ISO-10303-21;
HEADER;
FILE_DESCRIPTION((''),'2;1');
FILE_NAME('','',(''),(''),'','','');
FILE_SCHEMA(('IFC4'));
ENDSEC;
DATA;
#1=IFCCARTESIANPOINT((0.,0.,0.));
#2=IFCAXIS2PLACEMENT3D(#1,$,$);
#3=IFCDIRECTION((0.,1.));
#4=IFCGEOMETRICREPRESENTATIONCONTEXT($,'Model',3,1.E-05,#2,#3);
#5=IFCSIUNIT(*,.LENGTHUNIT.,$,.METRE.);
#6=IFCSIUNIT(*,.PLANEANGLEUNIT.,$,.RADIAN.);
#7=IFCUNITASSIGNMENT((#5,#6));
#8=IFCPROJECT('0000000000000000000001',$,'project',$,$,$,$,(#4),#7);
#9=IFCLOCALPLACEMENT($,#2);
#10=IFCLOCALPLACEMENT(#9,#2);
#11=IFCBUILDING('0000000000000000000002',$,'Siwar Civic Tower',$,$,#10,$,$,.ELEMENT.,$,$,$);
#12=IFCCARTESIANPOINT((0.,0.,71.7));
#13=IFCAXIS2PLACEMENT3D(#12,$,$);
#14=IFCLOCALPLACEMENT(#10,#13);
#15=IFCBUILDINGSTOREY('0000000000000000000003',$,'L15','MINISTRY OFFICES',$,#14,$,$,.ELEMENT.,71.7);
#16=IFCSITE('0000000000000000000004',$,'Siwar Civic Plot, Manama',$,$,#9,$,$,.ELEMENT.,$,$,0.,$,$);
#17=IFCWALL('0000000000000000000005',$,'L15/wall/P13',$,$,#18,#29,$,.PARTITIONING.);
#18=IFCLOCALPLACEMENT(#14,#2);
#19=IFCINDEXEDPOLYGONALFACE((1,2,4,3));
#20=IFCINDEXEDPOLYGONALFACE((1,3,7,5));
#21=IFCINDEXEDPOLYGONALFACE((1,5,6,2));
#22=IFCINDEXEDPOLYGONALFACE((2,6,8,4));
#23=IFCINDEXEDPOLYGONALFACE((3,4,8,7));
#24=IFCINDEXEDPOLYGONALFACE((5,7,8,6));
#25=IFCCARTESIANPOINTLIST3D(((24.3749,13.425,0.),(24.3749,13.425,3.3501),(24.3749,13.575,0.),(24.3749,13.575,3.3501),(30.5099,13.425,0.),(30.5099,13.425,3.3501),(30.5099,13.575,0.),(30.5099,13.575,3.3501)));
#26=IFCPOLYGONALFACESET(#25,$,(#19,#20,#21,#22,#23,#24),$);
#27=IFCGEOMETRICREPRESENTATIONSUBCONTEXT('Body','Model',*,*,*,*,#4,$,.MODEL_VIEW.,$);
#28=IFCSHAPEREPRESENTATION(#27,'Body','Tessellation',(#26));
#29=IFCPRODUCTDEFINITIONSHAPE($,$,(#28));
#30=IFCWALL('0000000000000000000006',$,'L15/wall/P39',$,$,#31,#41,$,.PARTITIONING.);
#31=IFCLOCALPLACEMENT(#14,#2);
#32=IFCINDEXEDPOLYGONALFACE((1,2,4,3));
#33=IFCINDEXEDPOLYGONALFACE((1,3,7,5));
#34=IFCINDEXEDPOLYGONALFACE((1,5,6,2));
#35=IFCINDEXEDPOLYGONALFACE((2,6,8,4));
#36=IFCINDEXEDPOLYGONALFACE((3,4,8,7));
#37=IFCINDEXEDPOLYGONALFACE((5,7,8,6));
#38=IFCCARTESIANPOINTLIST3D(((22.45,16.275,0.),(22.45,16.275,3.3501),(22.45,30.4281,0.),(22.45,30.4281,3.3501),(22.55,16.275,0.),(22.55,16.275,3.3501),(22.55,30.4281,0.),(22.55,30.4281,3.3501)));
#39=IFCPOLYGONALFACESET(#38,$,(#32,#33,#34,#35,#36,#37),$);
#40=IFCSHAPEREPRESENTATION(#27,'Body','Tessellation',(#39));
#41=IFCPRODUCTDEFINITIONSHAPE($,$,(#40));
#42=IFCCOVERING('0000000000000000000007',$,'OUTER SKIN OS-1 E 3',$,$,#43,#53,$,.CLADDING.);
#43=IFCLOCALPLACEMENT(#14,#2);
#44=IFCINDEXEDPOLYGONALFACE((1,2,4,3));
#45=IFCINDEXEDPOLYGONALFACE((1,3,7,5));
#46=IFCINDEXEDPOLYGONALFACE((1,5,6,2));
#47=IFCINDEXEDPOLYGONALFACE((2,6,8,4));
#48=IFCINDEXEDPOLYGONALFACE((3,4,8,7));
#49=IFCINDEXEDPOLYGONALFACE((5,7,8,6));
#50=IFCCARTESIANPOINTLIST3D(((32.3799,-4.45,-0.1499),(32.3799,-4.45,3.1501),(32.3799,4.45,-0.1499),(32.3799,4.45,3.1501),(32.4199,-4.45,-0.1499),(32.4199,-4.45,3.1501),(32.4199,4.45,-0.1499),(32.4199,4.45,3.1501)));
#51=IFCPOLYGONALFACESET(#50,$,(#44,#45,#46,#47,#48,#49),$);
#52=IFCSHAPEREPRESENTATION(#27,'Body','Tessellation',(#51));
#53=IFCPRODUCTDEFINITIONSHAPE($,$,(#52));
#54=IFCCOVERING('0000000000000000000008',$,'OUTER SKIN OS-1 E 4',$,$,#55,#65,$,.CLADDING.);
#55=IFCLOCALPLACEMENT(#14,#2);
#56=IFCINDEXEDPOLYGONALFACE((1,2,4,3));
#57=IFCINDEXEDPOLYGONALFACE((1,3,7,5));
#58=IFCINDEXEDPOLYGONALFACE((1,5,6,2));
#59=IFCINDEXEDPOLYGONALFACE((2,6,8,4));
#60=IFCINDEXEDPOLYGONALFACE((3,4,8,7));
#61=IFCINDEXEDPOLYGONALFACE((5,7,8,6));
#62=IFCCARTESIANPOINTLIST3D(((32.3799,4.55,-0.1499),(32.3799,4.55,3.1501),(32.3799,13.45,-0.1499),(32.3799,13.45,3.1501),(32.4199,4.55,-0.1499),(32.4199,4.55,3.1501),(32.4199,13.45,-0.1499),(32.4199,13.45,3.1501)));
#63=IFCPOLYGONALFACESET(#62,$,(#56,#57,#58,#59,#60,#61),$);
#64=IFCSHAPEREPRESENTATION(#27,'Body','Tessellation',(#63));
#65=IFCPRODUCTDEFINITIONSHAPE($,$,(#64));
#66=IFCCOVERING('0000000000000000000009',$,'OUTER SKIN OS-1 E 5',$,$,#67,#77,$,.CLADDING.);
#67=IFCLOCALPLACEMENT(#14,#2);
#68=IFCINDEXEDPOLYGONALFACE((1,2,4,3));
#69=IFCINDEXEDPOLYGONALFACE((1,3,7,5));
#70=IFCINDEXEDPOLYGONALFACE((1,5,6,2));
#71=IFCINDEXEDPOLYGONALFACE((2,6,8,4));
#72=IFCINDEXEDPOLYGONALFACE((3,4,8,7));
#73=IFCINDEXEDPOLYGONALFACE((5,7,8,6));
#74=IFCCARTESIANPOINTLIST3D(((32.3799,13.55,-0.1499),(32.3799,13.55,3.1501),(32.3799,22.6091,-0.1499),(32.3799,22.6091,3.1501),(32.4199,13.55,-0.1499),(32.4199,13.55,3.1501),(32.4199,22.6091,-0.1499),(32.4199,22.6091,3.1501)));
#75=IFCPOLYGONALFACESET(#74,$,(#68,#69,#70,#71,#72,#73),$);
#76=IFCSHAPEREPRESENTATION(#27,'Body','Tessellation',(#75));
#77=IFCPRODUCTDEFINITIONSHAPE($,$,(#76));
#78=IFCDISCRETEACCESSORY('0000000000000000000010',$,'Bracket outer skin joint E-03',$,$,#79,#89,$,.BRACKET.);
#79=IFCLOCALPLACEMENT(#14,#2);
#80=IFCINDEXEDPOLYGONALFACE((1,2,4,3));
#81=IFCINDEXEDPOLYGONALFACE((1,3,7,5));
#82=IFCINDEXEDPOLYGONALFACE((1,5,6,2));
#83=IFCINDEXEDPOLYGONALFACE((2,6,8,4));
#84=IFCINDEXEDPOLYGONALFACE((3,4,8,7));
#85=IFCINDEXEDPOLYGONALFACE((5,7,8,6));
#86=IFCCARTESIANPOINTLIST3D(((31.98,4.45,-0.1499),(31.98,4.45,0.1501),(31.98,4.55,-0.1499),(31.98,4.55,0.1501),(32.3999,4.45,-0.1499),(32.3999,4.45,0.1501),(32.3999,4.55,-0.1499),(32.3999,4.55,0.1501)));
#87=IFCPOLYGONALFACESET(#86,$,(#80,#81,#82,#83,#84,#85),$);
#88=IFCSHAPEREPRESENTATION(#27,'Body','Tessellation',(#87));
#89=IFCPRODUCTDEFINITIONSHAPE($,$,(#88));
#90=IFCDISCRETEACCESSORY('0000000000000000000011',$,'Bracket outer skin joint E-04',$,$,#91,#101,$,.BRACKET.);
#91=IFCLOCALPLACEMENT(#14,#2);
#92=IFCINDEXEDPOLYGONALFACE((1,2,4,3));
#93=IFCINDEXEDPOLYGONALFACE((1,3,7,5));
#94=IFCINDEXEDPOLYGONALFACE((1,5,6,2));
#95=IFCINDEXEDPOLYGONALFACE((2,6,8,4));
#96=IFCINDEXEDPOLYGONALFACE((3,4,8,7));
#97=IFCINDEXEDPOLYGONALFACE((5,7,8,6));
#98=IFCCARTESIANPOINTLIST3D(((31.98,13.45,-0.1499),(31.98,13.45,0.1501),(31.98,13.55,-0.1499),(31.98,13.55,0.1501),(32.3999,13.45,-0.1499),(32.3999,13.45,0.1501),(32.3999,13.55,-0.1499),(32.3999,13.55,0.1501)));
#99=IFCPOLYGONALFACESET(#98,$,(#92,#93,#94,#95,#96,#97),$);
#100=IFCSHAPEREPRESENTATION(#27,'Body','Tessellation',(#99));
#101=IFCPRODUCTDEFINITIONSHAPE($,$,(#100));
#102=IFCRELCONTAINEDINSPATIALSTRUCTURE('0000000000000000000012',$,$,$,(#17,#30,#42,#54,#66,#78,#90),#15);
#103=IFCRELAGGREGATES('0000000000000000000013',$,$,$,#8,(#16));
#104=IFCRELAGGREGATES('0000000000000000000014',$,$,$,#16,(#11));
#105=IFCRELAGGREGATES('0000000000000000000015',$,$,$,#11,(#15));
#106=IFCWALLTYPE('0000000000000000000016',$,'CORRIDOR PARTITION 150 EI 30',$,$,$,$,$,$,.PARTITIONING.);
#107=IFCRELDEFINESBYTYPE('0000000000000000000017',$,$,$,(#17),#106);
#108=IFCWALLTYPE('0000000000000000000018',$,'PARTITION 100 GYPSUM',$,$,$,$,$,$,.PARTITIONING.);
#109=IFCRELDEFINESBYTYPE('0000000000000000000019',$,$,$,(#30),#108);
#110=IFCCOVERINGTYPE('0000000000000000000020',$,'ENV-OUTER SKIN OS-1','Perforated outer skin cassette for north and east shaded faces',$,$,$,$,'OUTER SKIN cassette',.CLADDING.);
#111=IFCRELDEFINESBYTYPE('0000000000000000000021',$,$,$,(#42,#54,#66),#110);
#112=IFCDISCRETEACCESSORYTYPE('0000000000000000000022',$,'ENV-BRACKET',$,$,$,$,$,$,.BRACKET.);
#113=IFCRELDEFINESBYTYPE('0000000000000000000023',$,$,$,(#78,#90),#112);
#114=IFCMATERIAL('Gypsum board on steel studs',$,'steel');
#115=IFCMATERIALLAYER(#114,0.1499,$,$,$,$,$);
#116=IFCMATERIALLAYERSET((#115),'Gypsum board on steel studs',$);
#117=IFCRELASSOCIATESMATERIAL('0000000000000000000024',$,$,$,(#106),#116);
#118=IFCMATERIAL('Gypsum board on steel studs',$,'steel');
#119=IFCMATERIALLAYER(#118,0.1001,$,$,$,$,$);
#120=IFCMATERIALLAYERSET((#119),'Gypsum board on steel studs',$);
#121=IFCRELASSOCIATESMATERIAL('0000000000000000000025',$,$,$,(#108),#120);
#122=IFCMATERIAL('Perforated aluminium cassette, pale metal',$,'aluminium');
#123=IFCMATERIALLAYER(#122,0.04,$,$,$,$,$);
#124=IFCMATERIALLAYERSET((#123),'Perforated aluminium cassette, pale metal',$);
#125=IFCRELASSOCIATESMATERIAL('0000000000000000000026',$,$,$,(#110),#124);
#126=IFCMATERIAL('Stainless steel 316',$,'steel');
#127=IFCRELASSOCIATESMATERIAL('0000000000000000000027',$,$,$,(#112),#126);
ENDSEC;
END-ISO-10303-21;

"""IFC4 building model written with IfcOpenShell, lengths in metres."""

from ifc_helpers import new_model, si_unit, direction, frame, frame_2d, origin, origin_2d, place, context, subcontext, project, spatial, rectangle, extrude, material, layer, layer_set, type_object, element, save


model = new_model("IFC4")

# Units and contexts
model_context = context("Model", 3, precision=1e-05, world=origin(), true_north=direction((0.0, 1.0)))
body_context = subcontext(model_context, "Body", "Model", "MODEL_VIEW")
ifc_project = project(units=[si_unit("LENGTHUNIT", "METRE"), si_unit("PLANEANGLEUNIT", "RADIAN")], contexts=[model_context])

# Site, building, storey
site_placement = place(None, origin())
site = spatial("IfcSite", under=ifc_project, at=site_placement, Name="Siwar Civic Plot, Manama", CompositionType="ELEMENT", RefElevation=0.0)
building_placement = place(site_placement, origin())
building = spatial("IfcBuilding", under=site, at=building_placement, Name="Siwar Civic Tower", CompositionType="ELEMENT")
storey_placement = place(building_placement, frame((0.0, 0.0, 71.7)))
storey = spatial("IfcBuildingStorey", under=building, at=storey_placement, Name="L15", Description="MINISTRY OFFICES", CompositionType="ELEMENT", Elevation=71.7)

# Walls
ifc_material_1 = material(Name="Gypsum board on steel studs", Category="steel")
ifc_layer_1 = layer(ifc_material_1, 0.1499)
ifc_layer_set_1 = layer_set([ifc_layer_1], Name="Gypsum board on steel studs")
wall_type_1 = type_object("IfcWallType", Name="CORRIDOR PARTITION 150 EI 30", PredefinedType="PARTITIONING", material=ifc_layer_set_1)
wall_1_placement = place(storey_placement, frame((24.375, 13.5, 0.0), z_axis=(0.0, 0.0, 1.0), x_axis=(1.0, 0.0, 0.0)))
element("IfcWall", 1, at=wall_1_placement, inside=storey, type_object=wall_type_1, Name="L15/wall/P13", PredefinedType="PARTITIONING", context=body_context, shape_type="SweptSolid", body=[
    extrude(rectangle(XDim=6.135, YDim=0.1499, at=frame_2d((3.0674, 0.0))), origin(), (0.0, 0.0, 1.0), 3.3501),
])
ifc_material_2 = material(Name="Gypsum board on steel studs", Category="steel")
ifc_layer_2 = layer(ifc_material_2, 0.1001)
ifc_layer_set_2 = layer_set([ifc_layer_2], Name="Gypsum board on steel studs")
wall_type_2 = type_object("IfcWallType", Name="PARTITION 100 GYPSUM", PredefinedType="PARTITIONING", material=ifc_layer_set_2)
wall_2_placement = place(storey_placement, frame((22.5, 16.2749, 0.0), z_axis=(0.0, 0.0, 1.0), x_axis=(0.0, 1.0, 0.0)))
element("IfcWall", 2, at=wall_2_placement, inside=storey, type_object=wall_type_2, Name="L15/wall/P39", PredefinedType="PARTITIONING", context=body_context, shape_type="SweptSolid", body=[
    extrude(rectangle(XDim=14.1531, YDim=0.1001, at=frame_2d((7.0767, 0.0))), origin(), (0.0, 0.0, 1.0), 3.3501),
])

# Coverings
ifc_material_3 = material(Name="Perforated aluminium cassette, pale metal", Category="aluminium")
ifc_layer_3 = layer(ifc_material_3, 0.04)
ifc_layer_set_3 = layer_set([ifc_layer_3], Name="Perforated aluminium cassette, pale metal")
covering_type = type_object("IfcCoveringType", Name="ENV-OUTER SKIN OS-1", Description="Perforated outer skin cassette for north and east shaded faces", ElementType="OUTER SKIN cassette", PredefinedType="CLADDING", material=ifc_layer_set_3)
for number, where, z_axis, x_axis, name in (
    (3, (32.3999, 0.0, -0.1499), (0.0, 0.0, 1.0), (0.0, 1.0, 0.0), "OUTER SKIN OS-1 E 3"),
    (4, (32.3999, 9.0, -0.1499), (0.0, 0.0, 1.0), (0.0, 1.0, 0.0), "OUTER SKIN OS-1 E 4"),
):
    element("IfcCovering", number, at=place(storey_placement, frame(where, z_axis=z_axis, x_axis=x_axis)), inside=storey, type_object=covering_type, Name=name, PredefinedType="CLADDING", context=body_context, shape_type="SweptSolid", body=[
        extrude(rectangle(XDim=8.8999, YDim=0.04, at=origin_2d()), origin(), (0.0, 0.0, 1.0), 3.3),
    ])
covering_placement = place(storey_placement, frame((32.3999, 18.0796, -0.1499), z_axis=(0.0, 0.0, 1.0), x_axis=(0.0, 1.0, 0.0)))
element("IfcCovering", 5, at=covering_placement, inside=storey, type_object=covering_type, Name="OUTER SKIN OS-1 E 5", PredefinedType="CLADDING", context=body_context, shape_type="SweptSolid", body=[
    extrude(rectangle(XDim=9.0591, YDim=0.04, at=origin_2d()), origin(), (0.0, 0.0, 1.0), 3.3),
])

# Discrete accessories
ifc_material_4 = material(Name="Stainless steel 316", Category="steel")
discrete_accessory_type = type_object("IfcDiscreteAccessoryType", Name="ENV-BRACKET", PredefinedType="BRACKET", material=ifc_material_4)
for number, where, z_axis, x_axis, name in (
    (6, (32.1899, 4.5, -0.1499), (0.0, 0.0, 1.0), (1.0, 0.0, 0.0), "Bracket outer skin joint E-03"),
    (7, (32.1899, 13.5, -0.1499), (0.0, 0.0, 1.0), (1.0, 0.0, 0.0), "Bracket outer skin joint E-04"),
):
    element("IfcDiscreteAccessory", number, at=place(storey_placement, frame(where, z_axis=z_axis, x_axis=x_axis)), inside=storey, type_object=discrete_accessory_type, Name=name, PredefinedType="BRACKET", context=body_context, shape_type="SweptSolid", body=[
        extrude(rectangle(XDim=0.4199, YDim=0.1001, at=origin_2d()), origin(), (0.0, 0.0, 1.0), 0.3),
    ])

save(model, "model.ifc")
